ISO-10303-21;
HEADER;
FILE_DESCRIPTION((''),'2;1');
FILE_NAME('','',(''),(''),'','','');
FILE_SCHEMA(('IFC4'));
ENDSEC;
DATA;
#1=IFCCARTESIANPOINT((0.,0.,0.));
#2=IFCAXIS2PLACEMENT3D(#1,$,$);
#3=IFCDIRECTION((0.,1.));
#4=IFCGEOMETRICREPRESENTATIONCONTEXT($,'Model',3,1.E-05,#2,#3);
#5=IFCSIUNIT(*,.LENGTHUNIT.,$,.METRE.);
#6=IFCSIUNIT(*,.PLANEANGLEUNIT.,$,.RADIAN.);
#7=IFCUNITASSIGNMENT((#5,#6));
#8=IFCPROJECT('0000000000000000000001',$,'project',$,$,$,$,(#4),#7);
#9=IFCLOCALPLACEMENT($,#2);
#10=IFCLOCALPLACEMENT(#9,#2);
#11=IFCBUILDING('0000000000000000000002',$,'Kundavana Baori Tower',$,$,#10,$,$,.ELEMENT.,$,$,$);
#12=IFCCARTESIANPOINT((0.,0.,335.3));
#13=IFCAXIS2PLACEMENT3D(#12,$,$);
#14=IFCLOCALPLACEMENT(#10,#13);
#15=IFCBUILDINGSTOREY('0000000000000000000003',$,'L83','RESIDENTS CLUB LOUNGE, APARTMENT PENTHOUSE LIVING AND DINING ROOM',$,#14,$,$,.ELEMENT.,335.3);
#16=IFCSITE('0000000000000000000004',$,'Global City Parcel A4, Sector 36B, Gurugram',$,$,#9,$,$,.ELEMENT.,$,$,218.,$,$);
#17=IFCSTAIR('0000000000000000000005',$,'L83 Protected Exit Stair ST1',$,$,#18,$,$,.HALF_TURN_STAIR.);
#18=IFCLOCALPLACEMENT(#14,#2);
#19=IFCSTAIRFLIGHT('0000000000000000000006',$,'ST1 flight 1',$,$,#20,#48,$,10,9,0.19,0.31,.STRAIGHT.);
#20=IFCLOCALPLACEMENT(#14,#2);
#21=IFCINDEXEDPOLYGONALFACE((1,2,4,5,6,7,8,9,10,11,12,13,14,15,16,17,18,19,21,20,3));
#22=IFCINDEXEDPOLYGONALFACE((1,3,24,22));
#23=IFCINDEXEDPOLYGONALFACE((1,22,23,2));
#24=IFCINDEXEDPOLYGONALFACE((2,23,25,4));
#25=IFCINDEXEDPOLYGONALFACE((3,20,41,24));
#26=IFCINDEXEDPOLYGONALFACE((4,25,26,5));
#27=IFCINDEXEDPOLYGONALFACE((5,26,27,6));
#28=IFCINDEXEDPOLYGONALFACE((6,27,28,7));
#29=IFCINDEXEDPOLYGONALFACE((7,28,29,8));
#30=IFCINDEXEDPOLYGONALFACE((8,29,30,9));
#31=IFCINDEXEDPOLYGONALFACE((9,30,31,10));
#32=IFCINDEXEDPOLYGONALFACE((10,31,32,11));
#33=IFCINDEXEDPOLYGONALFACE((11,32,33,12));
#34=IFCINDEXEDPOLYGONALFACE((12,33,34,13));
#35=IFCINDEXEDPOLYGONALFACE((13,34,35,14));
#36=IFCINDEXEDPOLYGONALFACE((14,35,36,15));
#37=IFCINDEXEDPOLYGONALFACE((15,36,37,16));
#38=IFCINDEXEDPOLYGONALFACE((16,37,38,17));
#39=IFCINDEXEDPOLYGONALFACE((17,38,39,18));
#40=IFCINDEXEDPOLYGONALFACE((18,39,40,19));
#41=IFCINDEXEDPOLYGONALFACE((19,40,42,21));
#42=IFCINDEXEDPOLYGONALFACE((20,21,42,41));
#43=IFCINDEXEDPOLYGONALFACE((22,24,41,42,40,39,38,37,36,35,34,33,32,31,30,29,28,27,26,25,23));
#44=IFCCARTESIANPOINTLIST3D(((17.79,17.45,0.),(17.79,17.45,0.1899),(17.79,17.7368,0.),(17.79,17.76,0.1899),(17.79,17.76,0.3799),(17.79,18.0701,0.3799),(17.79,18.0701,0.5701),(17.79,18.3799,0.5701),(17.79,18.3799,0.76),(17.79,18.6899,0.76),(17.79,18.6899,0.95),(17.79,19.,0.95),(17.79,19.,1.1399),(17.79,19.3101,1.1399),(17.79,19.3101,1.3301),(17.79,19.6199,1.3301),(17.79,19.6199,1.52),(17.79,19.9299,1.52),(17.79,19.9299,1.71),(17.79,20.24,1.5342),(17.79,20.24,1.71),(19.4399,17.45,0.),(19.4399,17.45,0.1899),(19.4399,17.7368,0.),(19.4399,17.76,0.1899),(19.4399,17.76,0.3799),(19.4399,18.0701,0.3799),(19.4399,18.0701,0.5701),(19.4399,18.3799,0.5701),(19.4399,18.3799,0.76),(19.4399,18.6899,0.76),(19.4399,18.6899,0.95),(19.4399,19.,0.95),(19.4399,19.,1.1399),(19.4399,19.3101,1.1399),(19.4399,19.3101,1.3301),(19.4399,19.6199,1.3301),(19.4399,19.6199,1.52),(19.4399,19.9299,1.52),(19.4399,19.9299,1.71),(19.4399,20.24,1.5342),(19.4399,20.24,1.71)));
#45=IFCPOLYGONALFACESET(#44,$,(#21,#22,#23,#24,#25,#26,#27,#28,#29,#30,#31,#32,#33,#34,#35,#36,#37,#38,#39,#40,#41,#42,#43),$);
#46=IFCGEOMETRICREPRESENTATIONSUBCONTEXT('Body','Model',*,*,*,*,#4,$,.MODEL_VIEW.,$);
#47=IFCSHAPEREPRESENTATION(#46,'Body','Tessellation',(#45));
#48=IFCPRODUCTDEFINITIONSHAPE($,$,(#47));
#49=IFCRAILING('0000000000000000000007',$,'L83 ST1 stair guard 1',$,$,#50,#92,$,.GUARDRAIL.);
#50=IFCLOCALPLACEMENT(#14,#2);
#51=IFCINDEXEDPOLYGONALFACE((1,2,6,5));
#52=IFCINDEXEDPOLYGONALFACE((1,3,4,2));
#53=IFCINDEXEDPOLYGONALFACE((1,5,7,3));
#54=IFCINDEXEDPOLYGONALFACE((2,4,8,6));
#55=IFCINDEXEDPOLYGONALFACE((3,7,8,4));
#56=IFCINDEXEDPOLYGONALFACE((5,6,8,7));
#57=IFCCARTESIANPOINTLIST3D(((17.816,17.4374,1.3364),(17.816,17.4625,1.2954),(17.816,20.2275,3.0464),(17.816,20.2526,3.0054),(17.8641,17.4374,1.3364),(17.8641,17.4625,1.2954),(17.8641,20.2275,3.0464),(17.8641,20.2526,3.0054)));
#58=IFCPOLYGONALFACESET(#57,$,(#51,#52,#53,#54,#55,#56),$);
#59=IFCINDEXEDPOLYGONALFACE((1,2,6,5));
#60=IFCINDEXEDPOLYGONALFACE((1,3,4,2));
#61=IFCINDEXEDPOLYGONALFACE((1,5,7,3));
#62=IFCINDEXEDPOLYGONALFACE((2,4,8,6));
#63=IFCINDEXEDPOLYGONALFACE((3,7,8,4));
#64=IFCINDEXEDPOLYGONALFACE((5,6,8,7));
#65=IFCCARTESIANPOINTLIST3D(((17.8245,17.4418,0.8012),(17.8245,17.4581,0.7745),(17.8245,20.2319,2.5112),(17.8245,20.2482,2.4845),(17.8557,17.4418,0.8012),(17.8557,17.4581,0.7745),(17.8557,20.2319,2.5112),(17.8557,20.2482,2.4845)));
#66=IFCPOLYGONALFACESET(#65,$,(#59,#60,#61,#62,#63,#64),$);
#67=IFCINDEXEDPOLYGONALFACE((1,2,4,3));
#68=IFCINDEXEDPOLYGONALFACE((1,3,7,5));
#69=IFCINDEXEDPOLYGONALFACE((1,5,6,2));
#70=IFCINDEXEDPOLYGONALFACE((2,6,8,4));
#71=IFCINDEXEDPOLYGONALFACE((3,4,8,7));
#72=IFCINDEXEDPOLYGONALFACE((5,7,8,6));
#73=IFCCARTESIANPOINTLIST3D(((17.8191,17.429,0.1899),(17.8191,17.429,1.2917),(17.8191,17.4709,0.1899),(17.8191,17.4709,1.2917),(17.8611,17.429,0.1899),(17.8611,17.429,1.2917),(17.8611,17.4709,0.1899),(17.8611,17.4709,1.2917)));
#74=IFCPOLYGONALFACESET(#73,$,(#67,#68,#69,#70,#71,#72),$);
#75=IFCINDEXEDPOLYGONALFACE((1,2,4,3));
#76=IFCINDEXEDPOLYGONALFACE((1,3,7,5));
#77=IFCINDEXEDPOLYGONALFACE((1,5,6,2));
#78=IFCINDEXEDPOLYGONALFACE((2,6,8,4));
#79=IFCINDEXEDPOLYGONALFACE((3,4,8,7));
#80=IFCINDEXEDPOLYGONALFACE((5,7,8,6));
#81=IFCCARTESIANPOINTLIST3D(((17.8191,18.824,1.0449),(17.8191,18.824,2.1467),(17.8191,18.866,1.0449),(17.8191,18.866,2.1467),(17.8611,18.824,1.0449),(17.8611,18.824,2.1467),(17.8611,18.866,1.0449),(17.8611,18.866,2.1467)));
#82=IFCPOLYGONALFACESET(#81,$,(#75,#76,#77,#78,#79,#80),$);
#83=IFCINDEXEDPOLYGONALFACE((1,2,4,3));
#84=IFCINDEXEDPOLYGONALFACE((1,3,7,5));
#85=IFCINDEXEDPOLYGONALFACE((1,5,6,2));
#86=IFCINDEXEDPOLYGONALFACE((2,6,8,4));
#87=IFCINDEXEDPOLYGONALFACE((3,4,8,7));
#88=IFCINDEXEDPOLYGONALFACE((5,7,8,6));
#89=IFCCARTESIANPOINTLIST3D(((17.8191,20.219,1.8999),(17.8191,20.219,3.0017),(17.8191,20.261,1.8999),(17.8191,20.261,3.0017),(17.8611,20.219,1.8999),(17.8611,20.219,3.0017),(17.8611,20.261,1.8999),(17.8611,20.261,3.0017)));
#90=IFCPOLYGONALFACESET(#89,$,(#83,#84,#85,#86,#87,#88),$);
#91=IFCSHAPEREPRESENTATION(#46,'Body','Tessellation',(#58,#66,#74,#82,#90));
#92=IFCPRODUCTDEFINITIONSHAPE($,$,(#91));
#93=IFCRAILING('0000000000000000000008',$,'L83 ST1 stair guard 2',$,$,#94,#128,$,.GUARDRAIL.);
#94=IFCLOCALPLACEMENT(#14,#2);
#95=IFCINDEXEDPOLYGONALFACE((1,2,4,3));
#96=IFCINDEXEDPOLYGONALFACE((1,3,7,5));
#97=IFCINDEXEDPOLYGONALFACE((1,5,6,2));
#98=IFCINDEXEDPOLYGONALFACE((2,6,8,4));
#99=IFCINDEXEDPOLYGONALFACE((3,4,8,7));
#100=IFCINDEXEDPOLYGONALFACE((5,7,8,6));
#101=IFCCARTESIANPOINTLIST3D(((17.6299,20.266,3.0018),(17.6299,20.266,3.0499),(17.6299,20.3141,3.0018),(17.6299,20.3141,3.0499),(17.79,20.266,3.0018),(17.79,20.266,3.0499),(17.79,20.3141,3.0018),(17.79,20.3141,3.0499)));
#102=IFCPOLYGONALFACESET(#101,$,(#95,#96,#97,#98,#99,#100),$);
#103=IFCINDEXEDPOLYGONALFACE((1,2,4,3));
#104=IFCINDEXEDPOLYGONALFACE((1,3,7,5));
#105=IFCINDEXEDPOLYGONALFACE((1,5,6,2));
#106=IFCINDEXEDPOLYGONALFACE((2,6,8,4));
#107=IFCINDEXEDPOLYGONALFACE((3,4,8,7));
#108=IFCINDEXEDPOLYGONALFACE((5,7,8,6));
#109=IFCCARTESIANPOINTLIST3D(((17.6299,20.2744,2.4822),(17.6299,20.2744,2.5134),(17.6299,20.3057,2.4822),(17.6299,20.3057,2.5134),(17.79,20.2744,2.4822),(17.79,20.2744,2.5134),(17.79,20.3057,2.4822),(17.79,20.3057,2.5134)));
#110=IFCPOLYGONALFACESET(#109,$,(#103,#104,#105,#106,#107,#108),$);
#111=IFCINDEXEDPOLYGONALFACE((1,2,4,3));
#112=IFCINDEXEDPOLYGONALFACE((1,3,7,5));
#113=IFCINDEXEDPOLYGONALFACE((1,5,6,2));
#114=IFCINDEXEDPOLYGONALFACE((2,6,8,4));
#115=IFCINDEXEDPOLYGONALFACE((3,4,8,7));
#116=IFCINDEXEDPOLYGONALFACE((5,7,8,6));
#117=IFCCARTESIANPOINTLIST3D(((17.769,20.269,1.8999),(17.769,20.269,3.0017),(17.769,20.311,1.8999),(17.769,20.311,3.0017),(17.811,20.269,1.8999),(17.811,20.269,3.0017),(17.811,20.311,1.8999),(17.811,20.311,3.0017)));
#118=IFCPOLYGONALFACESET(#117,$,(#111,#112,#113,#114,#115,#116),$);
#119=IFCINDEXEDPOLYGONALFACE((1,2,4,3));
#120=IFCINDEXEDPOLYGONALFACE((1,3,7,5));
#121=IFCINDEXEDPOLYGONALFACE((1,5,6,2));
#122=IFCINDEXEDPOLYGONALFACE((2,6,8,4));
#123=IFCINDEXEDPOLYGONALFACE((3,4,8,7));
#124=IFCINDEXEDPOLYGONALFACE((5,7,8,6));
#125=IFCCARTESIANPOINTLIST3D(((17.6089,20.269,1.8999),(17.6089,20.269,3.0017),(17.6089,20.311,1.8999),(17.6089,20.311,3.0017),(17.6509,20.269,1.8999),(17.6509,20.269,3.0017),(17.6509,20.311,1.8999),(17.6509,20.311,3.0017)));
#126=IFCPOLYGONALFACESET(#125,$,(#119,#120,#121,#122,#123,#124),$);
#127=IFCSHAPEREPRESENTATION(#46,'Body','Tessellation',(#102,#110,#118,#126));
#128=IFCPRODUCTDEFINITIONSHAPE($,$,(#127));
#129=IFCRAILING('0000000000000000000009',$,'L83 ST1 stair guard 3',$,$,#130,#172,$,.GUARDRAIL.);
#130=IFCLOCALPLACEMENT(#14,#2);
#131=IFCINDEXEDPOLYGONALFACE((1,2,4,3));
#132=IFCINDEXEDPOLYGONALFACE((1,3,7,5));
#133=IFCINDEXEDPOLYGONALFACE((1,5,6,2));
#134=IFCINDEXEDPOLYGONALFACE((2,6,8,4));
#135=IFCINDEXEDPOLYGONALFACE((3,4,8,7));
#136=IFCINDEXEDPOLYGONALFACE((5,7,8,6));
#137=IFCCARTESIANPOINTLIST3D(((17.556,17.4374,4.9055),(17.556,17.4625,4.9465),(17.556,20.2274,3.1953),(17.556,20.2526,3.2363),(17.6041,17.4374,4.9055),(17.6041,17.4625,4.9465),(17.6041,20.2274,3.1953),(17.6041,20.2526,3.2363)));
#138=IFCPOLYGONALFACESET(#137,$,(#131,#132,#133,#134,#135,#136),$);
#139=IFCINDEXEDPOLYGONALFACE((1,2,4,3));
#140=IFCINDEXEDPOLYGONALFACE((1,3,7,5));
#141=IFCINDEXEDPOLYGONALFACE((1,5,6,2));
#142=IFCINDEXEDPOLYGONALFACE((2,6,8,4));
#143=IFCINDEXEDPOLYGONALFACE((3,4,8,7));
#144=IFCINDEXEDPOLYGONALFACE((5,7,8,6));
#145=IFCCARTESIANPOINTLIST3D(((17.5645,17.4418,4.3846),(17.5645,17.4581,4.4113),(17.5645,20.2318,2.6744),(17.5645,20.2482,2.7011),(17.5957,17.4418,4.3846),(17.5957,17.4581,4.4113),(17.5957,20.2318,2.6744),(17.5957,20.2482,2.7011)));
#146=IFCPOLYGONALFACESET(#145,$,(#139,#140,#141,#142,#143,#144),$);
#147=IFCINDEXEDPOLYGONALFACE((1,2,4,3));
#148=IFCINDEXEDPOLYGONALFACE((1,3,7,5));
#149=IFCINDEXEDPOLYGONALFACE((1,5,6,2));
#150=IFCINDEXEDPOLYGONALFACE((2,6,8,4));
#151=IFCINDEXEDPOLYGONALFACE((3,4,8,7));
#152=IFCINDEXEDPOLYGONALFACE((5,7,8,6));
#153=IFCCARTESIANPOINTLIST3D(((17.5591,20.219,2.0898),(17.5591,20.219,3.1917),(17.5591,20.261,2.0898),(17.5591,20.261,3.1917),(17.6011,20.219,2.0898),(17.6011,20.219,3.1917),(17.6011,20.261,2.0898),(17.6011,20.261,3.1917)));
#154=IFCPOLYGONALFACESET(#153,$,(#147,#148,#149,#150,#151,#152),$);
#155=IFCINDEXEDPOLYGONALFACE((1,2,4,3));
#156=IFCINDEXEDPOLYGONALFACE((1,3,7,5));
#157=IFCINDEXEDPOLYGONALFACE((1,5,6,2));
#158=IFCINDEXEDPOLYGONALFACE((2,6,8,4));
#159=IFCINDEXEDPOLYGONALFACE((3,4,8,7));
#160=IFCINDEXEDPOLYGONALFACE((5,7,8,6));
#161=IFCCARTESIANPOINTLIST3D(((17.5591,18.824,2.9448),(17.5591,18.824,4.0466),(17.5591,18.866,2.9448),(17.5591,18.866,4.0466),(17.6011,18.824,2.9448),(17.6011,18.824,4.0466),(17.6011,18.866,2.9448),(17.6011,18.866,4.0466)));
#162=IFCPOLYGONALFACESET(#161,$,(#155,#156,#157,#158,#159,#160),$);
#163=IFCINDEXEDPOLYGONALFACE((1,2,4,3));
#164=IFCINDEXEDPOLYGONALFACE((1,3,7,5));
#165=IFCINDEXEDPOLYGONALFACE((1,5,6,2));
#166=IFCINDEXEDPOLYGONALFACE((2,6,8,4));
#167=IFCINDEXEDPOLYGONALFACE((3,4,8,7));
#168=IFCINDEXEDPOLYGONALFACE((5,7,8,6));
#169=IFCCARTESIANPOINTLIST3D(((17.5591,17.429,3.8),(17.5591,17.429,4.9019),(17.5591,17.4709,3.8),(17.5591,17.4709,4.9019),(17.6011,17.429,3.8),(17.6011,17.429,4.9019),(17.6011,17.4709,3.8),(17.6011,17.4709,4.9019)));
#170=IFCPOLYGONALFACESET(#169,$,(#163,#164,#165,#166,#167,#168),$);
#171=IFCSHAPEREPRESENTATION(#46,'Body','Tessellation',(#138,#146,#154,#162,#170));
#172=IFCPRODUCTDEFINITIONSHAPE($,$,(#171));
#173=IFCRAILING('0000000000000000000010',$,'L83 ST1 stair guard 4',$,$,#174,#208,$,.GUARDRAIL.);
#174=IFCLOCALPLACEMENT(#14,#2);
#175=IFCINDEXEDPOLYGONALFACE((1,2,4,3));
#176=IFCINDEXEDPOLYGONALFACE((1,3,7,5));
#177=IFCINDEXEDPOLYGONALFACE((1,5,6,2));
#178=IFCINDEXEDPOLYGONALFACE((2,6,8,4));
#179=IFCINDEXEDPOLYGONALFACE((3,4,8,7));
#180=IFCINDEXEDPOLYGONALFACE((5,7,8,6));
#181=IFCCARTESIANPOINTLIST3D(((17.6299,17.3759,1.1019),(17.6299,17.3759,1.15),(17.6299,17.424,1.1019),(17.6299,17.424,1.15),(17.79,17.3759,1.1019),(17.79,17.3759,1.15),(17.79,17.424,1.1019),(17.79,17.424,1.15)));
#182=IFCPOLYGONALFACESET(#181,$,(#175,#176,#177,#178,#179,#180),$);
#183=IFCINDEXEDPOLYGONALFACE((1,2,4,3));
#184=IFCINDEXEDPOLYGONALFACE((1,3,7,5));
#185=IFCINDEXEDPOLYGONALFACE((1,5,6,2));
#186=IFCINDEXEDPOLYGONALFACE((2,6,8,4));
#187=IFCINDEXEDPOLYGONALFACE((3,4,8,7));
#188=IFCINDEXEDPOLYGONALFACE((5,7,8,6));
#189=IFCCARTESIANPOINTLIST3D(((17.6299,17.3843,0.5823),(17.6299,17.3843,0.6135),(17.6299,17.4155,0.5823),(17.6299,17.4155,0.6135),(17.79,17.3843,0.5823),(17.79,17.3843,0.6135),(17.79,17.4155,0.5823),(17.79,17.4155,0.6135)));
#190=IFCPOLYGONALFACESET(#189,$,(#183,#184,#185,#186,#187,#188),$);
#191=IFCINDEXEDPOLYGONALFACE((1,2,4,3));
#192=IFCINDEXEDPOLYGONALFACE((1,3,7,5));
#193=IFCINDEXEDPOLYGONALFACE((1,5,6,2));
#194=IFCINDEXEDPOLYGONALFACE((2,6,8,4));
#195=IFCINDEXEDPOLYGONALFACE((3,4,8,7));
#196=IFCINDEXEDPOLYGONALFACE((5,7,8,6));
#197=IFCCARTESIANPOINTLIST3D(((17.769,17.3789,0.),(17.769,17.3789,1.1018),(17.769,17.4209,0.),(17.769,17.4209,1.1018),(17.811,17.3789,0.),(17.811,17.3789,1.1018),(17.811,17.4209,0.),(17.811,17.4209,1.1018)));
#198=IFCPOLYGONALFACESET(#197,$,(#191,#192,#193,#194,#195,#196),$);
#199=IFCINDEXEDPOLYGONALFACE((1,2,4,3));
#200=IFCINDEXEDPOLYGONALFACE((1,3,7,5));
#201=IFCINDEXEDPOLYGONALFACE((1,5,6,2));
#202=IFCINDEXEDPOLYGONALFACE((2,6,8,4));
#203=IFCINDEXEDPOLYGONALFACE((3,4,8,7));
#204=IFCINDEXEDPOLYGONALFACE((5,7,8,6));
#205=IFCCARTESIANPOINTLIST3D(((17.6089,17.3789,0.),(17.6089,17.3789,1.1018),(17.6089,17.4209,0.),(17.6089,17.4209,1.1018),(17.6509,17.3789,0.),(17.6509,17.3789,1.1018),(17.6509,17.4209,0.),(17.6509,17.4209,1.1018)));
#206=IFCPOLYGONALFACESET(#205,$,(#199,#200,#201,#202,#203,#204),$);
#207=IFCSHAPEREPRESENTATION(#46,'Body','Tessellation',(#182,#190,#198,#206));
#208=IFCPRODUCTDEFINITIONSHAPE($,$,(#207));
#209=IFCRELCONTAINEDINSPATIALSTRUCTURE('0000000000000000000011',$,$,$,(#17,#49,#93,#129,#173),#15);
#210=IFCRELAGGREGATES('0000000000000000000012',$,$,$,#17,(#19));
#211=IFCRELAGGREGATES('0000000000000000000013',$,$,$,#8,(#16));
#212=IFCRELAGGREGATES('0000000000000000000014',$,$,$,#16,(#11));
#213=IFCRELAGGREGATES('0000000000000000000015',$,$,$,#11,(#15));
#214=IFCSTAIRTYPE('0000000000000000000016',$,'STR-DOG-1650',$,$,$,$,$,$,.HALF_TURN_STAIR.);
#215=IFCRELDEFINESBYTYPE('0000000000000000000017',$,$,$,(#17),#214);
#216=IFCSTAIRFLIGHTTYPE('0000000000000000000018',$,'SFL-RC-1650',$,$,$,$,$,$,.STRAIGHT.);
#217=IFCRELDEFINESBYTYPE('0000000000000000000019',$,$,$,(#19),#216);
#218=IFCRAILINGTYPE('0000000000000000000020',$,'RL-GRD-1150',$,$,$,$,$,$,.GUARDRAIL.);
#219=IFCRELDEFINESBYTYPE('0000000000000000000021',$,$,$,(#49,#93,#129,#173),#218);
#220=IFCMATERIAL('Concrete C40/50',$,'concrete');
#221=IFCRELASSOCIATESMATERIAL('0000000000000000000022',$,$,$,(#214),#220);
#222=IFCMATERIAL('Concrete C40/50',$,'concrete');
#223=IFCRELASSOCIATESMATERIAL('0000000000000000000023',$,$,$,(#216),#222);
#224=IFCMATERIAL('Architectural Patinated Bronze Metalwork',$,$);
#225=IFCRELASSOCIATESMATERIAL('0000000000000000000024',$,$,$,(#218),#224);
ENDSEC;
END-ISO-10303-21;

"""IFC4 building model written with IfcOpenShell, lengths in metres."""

from ifc_helpers import new_model, si_unit, direction, frame, origin, origin_2d, place, context, subcontext, project, spatial, polyline, rectangle, outline, extrude, material, type_object, element, aggregate, save


model = new_model("IFC4")

# Units and contexts
model_context = context("Model", 3, precision=1e-05, world=origin(), true_north=direction((0.0, 1.0)))
body_context = subcontext(model_context, "Body", "Model", "MODEL_VIEW")
ifc_project = project(units=[si_unit("LENGTHUNIT", "METRE"), si_unit("PLANEANGLEUNIT", "RADIAN")], contexts=[model_context])

# Site, building, storey
site_placement = place(None, origin())
site = spatial("IfcSite", under=ifc_project, at=site_placement, Name="Global City Parcel A4, Sector 36B, Gurugram", CompositionType="ELEMENT", RefElevation=218.0)
building_placement = place(site_placement, origin())
building = spatial("IfcBuilding", under=site, at=building_placement, Name="Kundavana Baori Tower", CompositionType="ELEMENT")
storey_placement = place(building_placement, frame((0.0, 0.0, 335.3)))
storey = spatial("IfcBuildingStorey", under=building, at=storey_placement, Name="L83", Description="RESIDENTS CLUB LOUNGE, APARTMENT PENTHOUSE LIVING AND DINING ROOM", CompositionType="ELEMENT", Elevation=335.3)

# Stair, stair flight
ifc_material_1 = material(Name="Concrete C40/50", Category="concrete")
stair_type = type_object("IfcStairType", Name="STR-DOG-1650", PredefinedType="HALF_TURN_STAIR", material=ifc_material_1)
stair_placement = place(storey_placement, origin())
stair = element("IfcStair", 1, at=stair_placement, inside=storey, type_object=stair_type, Name="L83 Protected Exit Stair ST1", PredefinedType="HALF_TURN_STAIR")
ifc_material_2 = material(Name="Concrete C40/50", Category="concrete")
stair_flight_type = type_object("IfcStairFlightType", Name="SFL-RC-1650", PredefinedType="STRAIGHT", material=ifc_material_2)
stair_flight_placement = place(storey_placement, frame((18.615, 17.45, 0.0), z_axis=(0.0, 0.0, 1.0), x_axis=(0.0, 1.0, 0.0)))
stair_flight = element("IfcStairFlight", 2, at=stair_flight_placement, type_object=stair_flight_type, Name="ST1 flight 1", NumberOfRisers=10, NumberOfTreads=9, PredefinedType="STRAIGHT", RiserHeight=0.19, TreadLength=0.31, context=body_context, shape_type="SweptSolid", body=[
    extrude(outline(polyline([(0.0, 0.0), (0.0, 0.1899), (0.3101, 0.1899), (0.3101, 0.3799), (0.6201, 0.3799), (0.6201, 0.5701), (0.9299, 0.5701), (0.9299, 0.76), (1.24, 0.76), (1.24, 0.95), (1.55, 0.95), (1.55, 1.1399), (1.8601, 1.1399), (1.8601, 1.3301), (2.1699, 1.3301), (2.1699, 1.52), (2.48, 1.52), (2.48, 1.71), (2.79, 1.71), (2.79, 1.8999), (2.79, 1.5342), (0.2869, 0.0), (0.0, 0.0)])), frame((0.0, 0.825, 0.0), z_axis=(0.0, -1.0, 0.0), x_axis=(1.0, 0.0, 0.0)), (0.0, 0.0, 1.0), 1.6499),
])
aggregate(stair, [stair_flight])

# Railings
ifc_material_3 = material(Name="Architectural Patinated Bronze Metalwork")
railing_type_1 = type_object("IfcRailingType", Name="RL-GRD-1150", PredefinedType="GUARDRAIL", material=ifc_material_3)
railing_1_placement = place(storey_placement, frame((17.8401, 17.45, 0.1899)))
element("IfcRailing", 3, at=railing_1_placement, inside=storey, type_object=railing_type_1, Name="L83 ST1 stair guard 1", PredefinedType="GUARDRAIL", context=body_context, shape_type="SweptSolid", body=[
    extrude(rectangle(XDim=0.0481, YDim=0.0481, at=origin_2d()), frame((0.0, 0.0, 1.126), z_axis=(0.0, 0.85261, 0.522548), x_axis=(-1.0, 0.0, 0.0)), (0.0, 0.0, 1.0), 3.2725),
    extrude(rectangle(XDim=0.0312, YDim=0.0312, at=origin_2d()), frame((0.0, 0.0, 0.5979), z_axis=(0.0, 0.85261, 0.522548), x_axis=(-1.0, 0.0, 0.0)), (0.0, 0.0, 1.0), 3.2725),
    extrude(rectangle(XDim=0.042, YDim=0.042, at=origin_2d()), origin(), (0.0, 0.0, 1.0), 1.1018),
    extrude(rectangle(XDim=0.042, YDim=0.042, at=origin_2d()), frame((0.0, 1.395, 0.855)), (0.0, 0.0, 1.0), 1.1018),
    extrude(rectangle(XDim=0.042, YDim=0.042, at=origin_2d()), frame((0.0, 2.79, 1.71)), (0.0, 0.0, 1.0), 1.1018),
])
railing_2_placement = place(storey_placement, frame((17.79, 20.29, 1.8999)))
element("IfcRailing", 4, at=railing_2_placement, inside=storey, type_object=railing_type_1, Name="L83 ST1 stair guard 2", PredefinedType="GUARDRAIL", context=body_context, shape_type="SweptSolid", body=[
    extrude(rectangle(XDim=0.0481, YDim=0.0481, at=origin_2d()), frame((0.0, 0.0, 1.126), z_axis=(-1.0, 0.0, 0.0), x_axis=(0.0, -1.0, 0.0)), (0.0, 0.0, 1.0), 0.1602),
    extrude(rectangle(XDim=0.0312, YDim=0.0312, at=origin_2d()), frame((0.0, 0.0, 0.5979), z_axis=(-1.0, 0.0, 0.0), x_axis=(0.0, -1.0, 0.0)), (0.0, 0.0, 1.0), 0.1602),
    extrude(rectangle(XDim=0.042, YDim=0.042, at=origin_2d()), origin(), (0.0, 0.0, 1.0), 1.1018),
    extrude(rectangle(XDim=0.042, YDim=0.042, at=origin_2d()), frame((-0.1602, 0.0, 0.0)), (0.0, 0.0, 1.0), 1.1018),
])
railing_3_placement = place(storey_placement, frame((17.5801, 20.24, 2.0898)))
element("IfcRailing", 5, at=railing_3_placement, inside=storey, type_object=railing_type_1, Name="L83 ST1 stair guard 3", PredefinedType="GUARDRAIL", context=body_context, shape_type="SweptSolid", body=[
    extrude(rectangle(XDim=0.0481, YDim=0.0481, at=origin_2d()), frame((0.0, 0.0, 1.126), z_axis=(0.0, -0.852577, 0.522602), x_axis=(1.0, 0.0, 0.0)), (0.0, 0.0, 1.0), 3.2725),
    extrude(rectangle(XDim=0.0312, YDim=0.0312, at=origin_2d()), frame((0.0, 0.0, 0.5979), z_axis=(0.0, -0.852577, 0.522602), x_axis=(1.0, 0.0, 0.0)), (0.0, 0.0, 1.0), 3.2725),
    extrude(rectangle(XDim=0.042, YDim=0.042, at=origin_2d()), origin(), (0.0, 0.0, 1.0), 1.1018),
    extrude(rectangle(XDim=0.042, YDim=0.042, at=origin_2d()), frame((0.0, -1.395, 0.855)), (0.0, 0.0, 1.0), 1.1018),
    extrude(rectangle(XDim=0.042, YDim=0.042, at=origin_2d()), frame((0.0, -2.79, 1.7102)), (0.0, 0.0, 1.0), 1.1018),
])
railing_4_placement = place(storey_placement, frame((17.79, 17.3999, 0.0)))
element("IfcRailing", 6, at=railing_4_placement, inside=storey, type_object=railing_type_1, Name="L83 ST1 stair guard 4", PredefinedType="GUARDRAIL", context=body_context, shape_type="SweptSolid", body=[
    extrude(rectangle(XDim=0.0481, YDim=0.0481, at=origin_2d()), frame((0.0, 0.0, 1.126), z_axis=(-1.0, 0.0, 0.0), x_axis=(0.0, -1.0, 0.0)), (0.0, 0.0, 1.0), 0.1602),
    extrude(rectangle(XDim=0.0312, YDim=0.0312, at=origin_2d()), frame((0.0, 0.0, 0.5979), z_axis=(-1.0, 0.0, 0.0), x_axis=(0.0, -1.0, 0.0)), (0.0, 0.0, 1.0), 0.1602),
    extrude(rectangle(XDim=0.042, YDim=0.042, at=origin_2d()), origin(), (0.0, 0.0, 1.0), 1.1018),
    extrude(rectangle(XDim=0.042, YDim=0.042, at=origin_2d()), frame((-0.1602, 0.0, 0.0)), (0.0, 0.0, 1.0), 1.1018),
])

save(model, "model.ifc")
